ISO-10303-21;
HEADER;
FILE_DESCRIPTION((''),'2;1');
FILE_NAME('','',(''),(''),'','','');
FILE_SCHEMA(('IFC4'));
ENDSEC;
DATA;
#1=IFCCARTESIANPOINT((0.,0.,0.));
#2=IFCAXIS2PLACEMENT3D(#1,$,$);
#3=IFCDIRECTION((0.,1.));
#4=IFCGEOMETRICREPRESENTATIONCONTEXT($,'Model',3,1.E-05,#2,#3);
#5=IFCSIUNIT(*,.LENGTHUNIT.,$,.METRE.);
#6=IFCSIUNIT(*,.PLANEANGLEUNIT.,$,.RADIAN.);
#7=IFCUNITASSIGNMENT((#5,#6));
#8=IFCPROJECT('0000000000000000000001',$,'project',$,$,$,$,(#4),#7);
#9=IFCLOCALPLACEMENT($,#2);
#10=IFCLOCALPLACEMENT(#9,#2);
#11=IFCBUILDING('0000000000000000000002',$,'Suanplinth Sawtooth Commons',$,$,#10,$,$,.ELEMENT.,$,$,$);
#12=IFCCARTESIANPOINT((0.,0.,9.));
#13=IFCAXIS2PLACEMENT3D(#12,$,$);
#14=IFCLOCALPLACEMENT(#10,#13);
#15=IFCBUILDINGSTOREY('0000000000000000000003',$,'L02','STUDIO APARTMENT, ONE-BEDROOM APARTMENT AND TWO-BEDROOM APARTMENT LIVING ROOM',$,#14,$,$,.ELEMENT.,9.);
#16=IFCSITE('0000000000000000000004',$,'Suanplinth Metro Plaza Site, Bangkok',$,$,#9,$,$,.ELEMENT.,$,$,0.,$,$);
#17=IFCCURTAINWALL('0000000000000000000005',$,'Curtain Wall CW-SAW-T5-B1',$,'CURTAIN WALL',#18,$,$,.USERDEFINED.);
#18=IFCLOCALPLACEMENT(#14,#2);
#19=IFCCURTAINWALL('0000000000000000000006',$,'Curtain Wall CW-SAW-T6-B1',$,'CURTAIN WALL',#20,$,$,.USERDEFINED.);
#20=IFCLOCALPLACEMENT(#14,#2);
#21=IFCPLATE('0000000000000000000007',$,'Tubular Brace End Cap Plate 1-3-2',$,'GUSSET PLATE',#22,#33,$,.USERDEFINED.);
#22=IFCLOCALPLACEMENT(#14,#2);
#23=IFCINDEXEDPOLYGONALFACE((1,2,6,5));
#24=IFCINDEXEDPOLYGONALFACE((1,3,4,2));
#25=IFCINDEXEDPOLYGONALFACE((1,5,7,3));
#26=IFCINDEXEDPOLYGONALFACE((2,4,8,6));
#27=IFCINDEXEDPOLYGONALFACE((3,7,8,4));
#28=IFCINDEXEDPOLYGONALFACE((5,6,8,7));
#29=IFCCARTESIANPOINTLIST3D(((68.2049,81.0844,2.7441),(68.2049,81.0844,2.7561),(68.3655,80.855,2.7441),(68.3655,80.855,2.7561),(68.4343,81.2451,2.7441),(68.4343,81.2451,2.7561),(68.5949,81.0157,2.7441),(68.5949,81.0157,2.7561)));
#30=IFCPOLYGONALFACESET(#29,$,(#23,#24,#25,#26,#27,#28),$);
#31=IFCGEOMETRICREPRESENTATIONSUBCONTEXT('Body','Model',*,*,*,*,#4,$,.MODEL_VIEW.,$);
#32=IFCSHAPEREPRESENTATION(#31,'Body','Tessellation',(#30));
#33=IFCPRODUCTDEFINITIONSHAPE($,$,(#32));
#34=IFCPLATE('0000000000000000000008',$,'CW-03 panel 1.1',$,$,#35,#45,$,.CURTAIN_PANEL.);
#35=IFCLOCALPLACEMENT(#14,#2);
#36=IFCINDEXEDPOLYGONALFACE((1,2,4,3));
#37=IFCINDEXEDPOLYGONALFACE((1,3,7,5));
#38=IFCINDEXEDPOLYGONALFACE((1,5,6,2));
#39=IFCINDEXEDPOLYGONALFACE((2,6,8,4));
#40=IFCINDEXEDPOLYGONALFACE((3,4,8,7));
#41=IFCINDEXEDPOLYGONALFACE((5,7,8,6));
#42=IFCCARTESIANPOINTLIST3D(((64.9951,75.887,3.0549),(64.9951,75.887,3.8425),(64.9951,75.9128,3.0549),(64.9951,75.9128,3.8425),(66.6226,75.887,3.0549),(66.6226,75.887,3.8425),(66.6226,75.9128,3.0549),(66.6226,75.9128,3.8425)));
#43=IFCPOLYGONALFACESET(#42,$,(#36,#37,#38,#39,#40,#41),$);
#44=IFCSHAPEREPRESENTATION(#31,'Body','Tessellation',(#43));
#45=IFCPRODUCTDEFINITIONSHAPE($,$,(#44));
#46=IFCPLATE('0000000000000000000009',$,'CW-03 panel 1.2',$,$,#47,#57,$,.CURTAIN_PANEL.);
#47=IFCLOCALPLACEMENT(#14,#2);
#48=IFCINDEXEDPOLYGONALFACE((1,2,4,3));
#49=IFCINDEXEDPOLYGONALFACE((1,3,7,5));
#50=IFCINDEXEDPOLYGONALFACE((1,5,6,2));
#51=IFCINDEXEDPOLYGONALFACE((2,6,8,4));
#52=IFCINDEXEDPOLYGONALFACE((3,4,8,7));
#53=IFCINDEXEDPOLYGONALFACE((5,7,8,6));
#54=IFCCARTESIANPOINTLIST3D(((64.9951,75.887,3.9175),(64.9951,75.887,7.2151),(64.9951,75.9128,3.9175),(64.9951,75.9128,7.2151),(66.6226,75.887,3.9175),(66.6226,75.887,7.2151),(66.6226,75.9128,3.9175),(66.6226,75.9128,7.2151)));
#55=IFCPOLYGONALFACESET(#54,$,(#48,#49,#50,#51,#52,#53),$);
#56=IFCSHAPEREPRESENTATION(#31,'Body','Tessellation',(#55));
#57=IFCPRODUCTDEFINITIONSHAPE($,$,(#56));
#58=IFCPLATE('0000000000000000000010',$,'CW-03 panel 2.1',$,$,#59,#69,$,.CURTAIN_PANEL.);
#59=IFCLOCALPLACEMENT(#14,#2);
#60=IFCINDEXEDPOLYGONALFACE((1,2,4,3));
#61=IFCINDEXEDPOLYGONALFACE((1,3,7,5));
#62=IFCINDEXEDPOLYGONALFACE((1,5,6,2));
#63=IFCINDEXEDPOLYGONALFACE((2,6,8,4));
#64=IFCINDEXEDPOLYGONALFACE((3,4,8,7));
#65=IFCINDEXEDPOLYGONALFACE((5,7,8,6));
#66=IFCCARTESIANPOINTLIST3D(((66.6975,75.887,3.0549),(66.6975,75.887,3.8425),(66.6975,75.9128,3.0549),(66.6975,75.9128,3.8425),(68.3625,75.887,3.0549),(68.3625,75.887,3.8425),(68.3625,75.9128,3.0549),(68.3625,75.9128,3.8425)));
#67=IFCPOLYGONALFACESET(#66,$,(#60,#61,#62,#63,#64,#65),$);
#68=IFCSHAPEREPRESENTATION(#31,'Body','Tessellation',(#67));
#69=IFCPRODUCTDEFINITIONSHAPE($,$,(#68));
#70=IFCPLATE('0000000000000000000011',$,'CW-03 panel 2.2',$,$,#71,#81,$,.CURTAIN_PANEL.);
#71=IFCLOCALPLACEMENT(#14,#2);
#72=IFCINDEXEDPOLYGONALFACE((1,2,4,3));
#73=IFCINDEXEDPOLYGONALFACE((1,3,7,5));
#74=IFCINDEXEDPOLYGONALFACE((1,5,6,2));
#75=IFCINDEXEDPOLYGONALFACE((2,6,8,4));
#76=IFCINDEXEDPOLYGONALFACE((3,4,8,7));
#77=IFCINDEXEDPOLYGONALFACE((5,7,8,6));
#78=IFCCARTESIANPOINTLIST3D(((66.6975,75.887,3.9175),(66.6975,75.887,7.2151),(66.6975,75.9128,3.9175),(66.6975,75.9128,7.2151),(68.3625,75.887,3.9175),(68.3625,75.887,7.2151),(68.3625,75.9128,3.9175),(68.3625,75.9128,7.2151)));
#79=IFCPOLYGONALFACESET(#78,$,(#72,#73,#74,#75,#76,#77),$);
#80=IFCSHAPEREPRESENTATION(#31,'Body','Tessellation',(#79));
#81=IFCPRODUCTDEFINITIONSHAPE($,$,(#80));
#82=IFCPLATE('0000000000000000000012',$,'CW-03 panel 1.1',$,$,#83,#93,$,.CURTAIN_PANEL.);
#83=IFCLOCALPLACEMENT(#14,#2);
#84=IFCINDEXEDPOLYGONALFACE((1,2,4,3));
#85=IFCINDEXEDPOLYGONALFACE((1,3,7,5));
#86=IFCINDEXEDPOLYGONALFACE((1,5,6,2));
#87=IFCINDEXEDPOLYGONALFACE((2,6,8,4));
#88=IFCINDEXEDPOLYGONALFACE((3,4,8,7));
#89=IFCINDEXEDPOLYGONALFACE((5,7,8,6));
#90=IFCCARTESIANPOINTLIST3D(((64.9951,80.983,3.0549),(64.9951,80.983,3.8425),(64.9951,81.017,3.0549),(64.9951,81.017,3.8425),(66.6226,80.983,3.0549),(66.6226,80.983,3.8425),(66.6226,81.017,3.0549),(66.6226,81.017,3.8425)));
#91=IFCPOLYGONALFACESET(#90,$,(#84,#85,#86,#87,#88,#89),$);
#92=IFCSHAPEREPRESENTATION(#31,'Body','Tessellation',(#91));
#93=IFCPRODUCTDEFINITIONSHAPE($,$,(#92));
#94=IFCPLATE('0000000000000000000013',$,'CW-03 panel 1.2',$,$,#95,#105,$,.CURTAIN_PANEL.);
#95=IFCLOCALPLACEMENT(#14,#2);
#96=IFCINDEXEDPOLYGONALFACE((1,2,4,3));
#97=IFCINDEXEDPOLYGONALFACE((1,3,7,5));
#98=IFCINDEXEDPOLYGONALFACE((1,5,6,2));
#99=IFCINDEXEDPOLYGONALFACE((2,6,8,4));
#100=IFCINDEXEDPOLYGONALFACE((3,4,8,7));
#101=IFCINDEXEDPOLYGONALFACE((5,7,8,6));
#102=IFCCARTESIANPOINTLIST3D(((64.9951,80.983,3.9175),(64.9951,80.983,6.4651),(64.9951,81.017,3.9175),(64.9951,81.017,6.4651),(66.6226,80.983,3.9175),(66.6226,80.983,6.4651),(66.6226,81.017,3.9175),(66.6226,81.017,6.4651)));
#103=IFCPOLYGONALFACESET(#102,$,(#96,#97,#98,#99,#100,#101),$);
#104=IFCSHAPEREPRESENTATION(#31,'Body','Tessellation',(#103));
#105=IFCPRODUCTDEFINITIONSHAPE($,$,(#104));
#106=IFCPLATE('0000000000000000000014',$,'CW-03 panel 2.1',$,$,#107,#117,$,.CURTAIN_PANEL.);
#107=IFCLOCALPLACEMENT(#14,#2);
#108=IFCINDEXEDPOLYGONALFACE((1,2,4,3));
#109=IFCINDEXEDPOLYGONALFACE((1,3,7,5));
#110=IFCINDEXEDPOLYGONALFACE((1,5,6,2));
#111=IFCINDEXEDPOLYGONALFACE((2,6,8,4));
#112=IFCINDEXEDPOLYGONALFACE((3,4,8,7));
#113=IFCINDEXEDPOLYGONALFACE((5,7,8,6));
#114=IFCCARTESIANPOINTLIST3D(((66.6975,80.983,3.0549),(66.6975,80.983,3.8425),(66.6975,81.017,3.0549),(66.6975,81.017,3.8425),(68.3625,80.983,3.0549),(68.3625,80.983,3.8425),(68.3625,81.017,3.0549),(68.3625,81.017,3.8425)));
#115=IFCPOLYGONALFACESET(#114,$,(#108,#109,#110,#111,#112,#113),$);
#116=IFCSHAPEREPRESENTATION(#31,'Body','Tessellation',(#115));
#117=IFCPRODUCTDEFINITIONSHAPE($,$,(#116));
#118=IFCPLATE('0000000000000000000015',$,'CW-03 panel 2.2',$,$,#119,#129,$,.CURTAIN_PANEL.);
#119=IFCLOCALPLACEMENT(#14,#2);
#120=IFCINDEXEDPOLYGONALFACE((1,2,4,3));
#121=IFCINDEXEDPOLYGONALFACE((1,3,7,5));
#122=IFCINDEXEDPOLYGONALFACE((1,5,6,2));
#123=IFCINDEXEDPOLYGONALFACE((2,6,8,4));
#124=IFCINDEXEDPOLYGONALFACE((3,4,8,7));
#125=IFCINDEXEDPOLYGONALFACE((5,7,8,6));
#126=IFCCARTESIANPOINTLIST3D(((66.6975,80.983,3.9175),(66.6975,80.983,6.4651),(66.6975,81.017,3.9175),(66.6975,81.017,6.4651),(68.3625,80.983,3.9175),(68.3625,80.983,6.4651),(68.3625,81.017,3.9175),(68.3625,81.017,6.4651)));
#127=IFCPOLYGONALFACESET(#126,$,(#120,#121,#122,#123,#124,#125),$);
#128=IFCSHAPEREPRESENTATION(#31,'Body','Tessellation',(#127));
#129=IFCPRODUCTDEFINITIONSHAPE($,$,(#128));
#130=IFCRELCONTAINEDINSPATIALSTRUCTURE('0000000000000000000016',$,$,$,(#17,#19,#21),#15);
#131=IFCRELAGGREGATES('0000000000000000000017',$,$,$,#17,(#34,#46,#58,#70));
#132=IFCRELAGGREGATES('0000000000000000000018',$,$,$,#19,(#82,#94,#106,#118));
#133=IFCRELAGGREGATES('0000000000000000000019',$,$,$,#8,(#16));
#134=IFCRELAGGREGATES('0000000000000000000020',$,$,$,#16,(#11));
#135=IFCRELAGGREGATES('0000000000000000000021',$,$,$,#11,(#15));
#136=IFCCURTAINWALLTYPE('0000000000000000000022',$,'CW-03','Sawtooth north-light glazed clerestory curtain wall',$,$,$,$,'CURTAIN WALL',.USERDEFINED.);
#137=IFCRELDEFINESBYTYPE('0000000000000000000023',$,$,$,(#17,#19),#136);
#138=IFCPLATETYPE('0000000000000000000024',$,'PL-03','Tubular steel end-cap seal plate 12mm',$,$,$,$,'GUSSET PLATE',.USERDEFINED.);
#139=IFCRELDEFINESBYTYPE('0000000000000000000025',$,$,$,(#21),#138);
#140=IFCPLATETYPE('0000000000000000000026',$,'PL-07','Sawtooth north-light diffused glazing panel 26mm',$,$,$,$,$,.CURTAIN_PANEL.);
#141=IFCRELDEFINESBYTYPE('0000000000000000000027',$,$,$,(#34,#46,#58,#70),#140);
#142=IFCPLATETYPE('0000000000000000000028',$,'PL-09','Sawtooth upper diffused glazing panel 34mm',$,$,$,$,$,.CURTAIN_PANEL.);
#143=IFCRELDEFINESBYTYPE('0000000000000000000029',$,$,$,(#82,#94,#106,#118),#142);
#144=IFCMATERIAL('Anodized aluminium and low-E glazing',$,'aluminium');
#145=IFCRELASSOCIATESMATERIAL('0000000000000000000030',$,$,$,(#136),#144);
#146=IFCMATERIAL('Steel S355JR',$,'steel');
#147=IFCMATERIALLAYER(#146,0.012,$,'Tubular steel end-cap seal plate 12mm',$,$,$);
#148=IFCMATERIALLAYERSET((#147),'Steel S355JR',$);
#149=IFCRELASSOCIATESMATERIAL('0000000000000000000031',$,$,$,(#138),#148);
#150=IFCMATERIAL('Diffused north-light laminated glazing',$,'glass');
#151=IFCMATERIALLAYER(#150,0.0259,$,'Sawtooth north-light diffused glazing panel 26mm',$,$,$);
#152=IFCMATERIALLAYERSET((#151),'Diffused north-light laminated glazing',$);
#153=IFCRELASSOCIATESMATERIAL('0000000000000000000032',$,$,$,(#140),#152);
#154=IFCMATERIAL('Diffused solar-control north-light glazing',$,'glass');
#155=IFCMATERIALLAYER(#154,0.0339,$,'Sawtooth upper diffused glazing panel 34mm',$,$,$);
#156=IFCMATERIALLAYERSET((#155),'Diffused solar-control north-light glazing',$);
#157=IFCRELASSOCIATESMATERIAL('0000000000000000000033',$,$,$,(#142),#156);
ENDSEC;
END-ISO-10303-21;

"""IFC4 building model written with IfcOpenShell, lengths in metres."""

from ifc_helpers import new_model, si_unit, direction, frame, origin, origin_2d, place, context, subcontext, project, spatial, rectangle, extrude, material, layer, layer_set, type_object, element, aggregate, save


model = new_model("IFC4")

# Units and contexts
model_context = context("Model", 3, precision=1e-05, world=origin(), true_north=direction((0.0, 1.0)))
body_context = subcontext(model_context, "Body", "Model", "MODEL_VIEW")
ifc_project = project(units=[si_unit("LENGTHUNIT", "METRE"), si_unit("PLANEANGLEUNIT", "RADIAN")], contexts=[model_context])

# Site, building, storey
site_placement = place(None, origin())
site = spatial("IfcSite", under=ifc_project, at=site_placement, Name="Suanplinth Metro Plaza Site, Bangkok", CompositionType="ELEMENT", RefElevation=0.0)
building_placement = place(site_placement, origin())
building = spatial("IfcBuilding", under=site, at=building_placement, Name="Suanplinth Sawtooth Commons", CompositionType="ELEMENT")
storey_placement = place(building_placement, frame((0.0, 0.0, 9.0)))
storey = spatial("IfcBuildingStorey", under=building, at=storey_placement, Name="L02", Description="STUDIO APARTMENT, ONE-BEDROOM APARTMENT AND TWO-BEDROOM APARTMENT LIVING ROOM", CompositionType="ELEMENT", Elevation=9.0)

# Shared definitions
ifc_material_1 = material(Name="Steel S355JR", Category="steel")

# Curtain walls
ifc_material_2 = material(Name="Anodized aluminium and low-E glazing", Category="aluminium")
curtain_wall_type = type_object("IfcCurtainWallType", Name="CW-03", Description="Sawtooth north-light glazed clerestory curtain wall", ElementType="CURTAIN WALL", PredefinedType="USERDEFINED", material=ifc_material_2)
curtain_wall_1_placement = place(storey_placement, origin())
curtain_wall_1 = element("IfcCurtainWall", 1, at=curtain_wall_1_placement, inside=storey, type_object=curtain_wall_type, Name="Curtain Wall CW-SAW-T5-B1", ObjectType="CURTAIN WALL", PredefinedType="USERDEFINED")
curtain_wall_2_placement = place(storey_placement, origin())
curtain_wall_2 = element("IfcCurtainWall", 2, at=curtain_wall_2_placement, inside=storey, type_object=curtain_wall_type, Name="Curtain Wall CW-SAW-T6-B1", ObjectType="CURTAIN WALL", PredefinedType="USERDEFINED")

# Plates
ifc_layer_1 = layer(ifc_material_1, 0.012, Name="Tubular steel end-cap seal plate 12mm")
ifc_layer_set_1 = layer_set([ifc_layer_1], Name="Steel S355JR")
plate_type_1 = type_object("IfcPlateType", Name="PL-03", Description="Tubular steel end-cap seal plate 12mm", ElementType="GUSSET PLATE", PredefinedType="USERDEFINED", material=ifc_layer_set_1)
plate_1_placement = place(storey_placement, frame((68.3999, 81.05, 2.7441), z_axis=(0.0, 0.0, 1.0), x_axis=(0.819152, 0.573576, 0.0)))
element("IfcPlate", 3, at=plate_1_placement, inside=storey, type_object=plate_type_1, Name="Tubular Brace End Cap Plate 1-3-2", ObjectType="GUSSET PLATE", PredefinedType="USERDEFINED", context=body_context, shape_type="SweptSolid", body=[
    extrude(rectangle(XDim=0.28, YDim=0.28, at=origin_2d()), origin(), (0.0, 0.0, 1.0), 0.012),
])
ifc_material_3 = material(Name="Diffused north-light laminated glazing", Category="glass")
ifc_layer_2 = layer(ifc_material_3, 0.0259, Name="Sawtooth north-light diffused glazing panel 26mm")
ifc_layer_set_2 = layer_set([ifc_layer_2], Name="Diffused north-light laminated glazing")
plate_type_2 = type_object("IfcPlateType", Name="PL-07", Description="Sawtooth north-light diffused glazing panel 26mm", PredefinedType="CURTAIN_PANEL", material=ifc_layer_set_2)
plate_2_placement = place(storey_placement, frame((65.8088, 75.8999, 3.0549), z_axis=(0.0, 0.0, 1.0), x_axis=(1.0, 0.0, 0.0)))
plate_2 = element("IfcPlate", 4, at=plate_2_placement, type_object=plate_type_2, Name="CW-03 panel 1.1", PredefinedType="CURTAIN_PANEL", context=body_context, shape_type="SweptSolid", body=[
    extrude(rectangle(XDim=1.6274, YDim=0.0259, at=origin_2d()), origin(), (0.0, 0.0, 1.0), 0.7876),
])
plate_3_placement = place(storey_placement, frame((65.8088, 75.8999, 3.9175), z_axis=(0.0, 0.0, 1.0), x_axis=(1.0, 0.0, 0.0)))
plate_3 = element("IfcPlate", 5, at=plate_3_placement, type_object=plate_type_2, Name="CW-03 panel 1.2", PredefinedType="CURTAIN_PANEL", context=body_context, shape_type="SweptSolid", body=[
    extrude(rectangle(XDim=1.6274, YDim=0.0259, at=origin_2d()), origin(), (0.0, 0.0, 1.0), 3.2976),
])
plate_4_placement = place(storey_placement, frame((67.53, 75.8999, 3.0549), z_axis=(0.0, 0.0, 1.0), x_axis=(1.0, 0.0, 0.0)))
plate_4 = element("IfcPlate", 6, at=plate_4_placement, type_object=plate_type_2, Name="CW-03 panel 2.1", PredefinedType="CURTAIN_PANEL", context=body_context, shape_type="SweptSolid", body=[
    extrude(rectangle(XDim=1.665, YDim=0.0259, at=origin_2d()), origin(), (0.0, 0.0, 1.0), 0.7876),
])
plate_5_placement = place(storey_placement, frame((67.53, 75.8999, 3.9175), z_axis=(0.0, 0.0, 1.0), x_axis=(1.0, 0.0, 0.0)))
plate_5 = element("IfcPlate", 7, at=plate_5_placement, type_object=plate_type_2, Name="CW-03 panel 2.2", PredefinedType="CURTAIN_PANEL", context=body_context, shape_type="SweptSolid", body=[
    extrude(rectangle(XDim=1.665, YDim=0.0259, at=origin_2d()), origin(), (0.0, 0.0, 1.0), 3.2976),
])
aggregate(curtain_wall_1, [plate_2, plate_3, plate_4, plate_5])
ifc_material_4 = material(Name="Diffused solar-control north-light glazing", Category="glass")
ifc_layer_3 = layer(ifc_material_4, 0.0339, Name="Sawtooth upper diffused glazing panel 34mm")
ifc_layer_set_3 = layer_set([ifc_layer_3], Name="Diffused solar-control north-light glazing")
plate_type_3 = type_object("IfcPlateType", Name="PL-09", Description="Sawtooth upper diffused glazing panel 34mm", PredefinedType="CURTAIN_PANEL", material=ifc_layer_set_3)
plate_6_placement = place(storey_placement, frame((65.8088, 81.0, 3.0549), z_axis=(0.0, 0.0, 1.0), x_axis=(1.0, 0.0, 0.0)))
plate_6 = element("IfcPlate", 8, at=plate_6_placement, type_object=plate_type_3, Name="CW-03 panel 1.1", PredefinedType="CURTAIN_PANEL", context=body_context, shape_type="SweptSolid", body=[
    extrude(rectangle(XDim=1.6274, YDim=0.0339, at=origin_2d()), origin(), (0.0, 0.0, 1.0), 0.7876),
])
plate_7_placement = place(storey_placement, frame((65.8088, 81.0, 3.9175), z_axis=(0.0, 0.0, 1.0), x_axis=(1.0, 0.0, 0.0)))
plate_7 = element("IfcPlate", 9, at=plate_7_placement, type_object=plate_type_3, Name="CW-03 panel 1.2", PredefinedType="CURTAIN_PANEL", context=body_context, shape_type="SweptSolid", body=[
    extrude(rectangle(XDim=1.6274, YDim=0.0339, at=origin_2d()), origin(), (0.0, 0.0, 1.0), 2.5476),
])
plate_8_placement = place(storey_placement, frame((67.53, 81.0, 3.0549), z_axis=(0.0, 0.0, 1.0), x_axis=(1.0, 0.0, 0.0)))
plate_8 = element("IfcPlate", 10, at=plate_8_placement, type_object=plate_type_3, Name="CW-03 panel 2.1", PredefinedType="CURTAIN_PANEL", context=body_context, shape_type="SweptSolid", body=[
    extrude(rectangle(XDim=1.665, YDim=0.0339, at=origin_2d()), origin(), (0.0, 0.0, 1.0), 0.7876),
])
plate_9_placement = place(storey_placement, frame((67.53, 81.0, 3.9175), z_axis=(0.0, 0.0, 1.0), x_axis=(1.0, 0.0, 0.0)))
plate_9 = element("IfcPlate", 11, at=plate_9_placement, type_object=plate_type_3, Name="CW-03 panel 2.2", PredefinedType="CURTAIN_PANEL", context=body_context, shape_type="SweptSolid", body=[
    extrude(rectangle(XDim=1.665, YDim=0.0339, at=origin_2d()), origin(), (0.0, 0.0, 1.0), 2.5476),
])
aggregate(curtain_wall_2, [plate_6, plate_7, plate_8, plate_9])

save(model, "model.ifc")
